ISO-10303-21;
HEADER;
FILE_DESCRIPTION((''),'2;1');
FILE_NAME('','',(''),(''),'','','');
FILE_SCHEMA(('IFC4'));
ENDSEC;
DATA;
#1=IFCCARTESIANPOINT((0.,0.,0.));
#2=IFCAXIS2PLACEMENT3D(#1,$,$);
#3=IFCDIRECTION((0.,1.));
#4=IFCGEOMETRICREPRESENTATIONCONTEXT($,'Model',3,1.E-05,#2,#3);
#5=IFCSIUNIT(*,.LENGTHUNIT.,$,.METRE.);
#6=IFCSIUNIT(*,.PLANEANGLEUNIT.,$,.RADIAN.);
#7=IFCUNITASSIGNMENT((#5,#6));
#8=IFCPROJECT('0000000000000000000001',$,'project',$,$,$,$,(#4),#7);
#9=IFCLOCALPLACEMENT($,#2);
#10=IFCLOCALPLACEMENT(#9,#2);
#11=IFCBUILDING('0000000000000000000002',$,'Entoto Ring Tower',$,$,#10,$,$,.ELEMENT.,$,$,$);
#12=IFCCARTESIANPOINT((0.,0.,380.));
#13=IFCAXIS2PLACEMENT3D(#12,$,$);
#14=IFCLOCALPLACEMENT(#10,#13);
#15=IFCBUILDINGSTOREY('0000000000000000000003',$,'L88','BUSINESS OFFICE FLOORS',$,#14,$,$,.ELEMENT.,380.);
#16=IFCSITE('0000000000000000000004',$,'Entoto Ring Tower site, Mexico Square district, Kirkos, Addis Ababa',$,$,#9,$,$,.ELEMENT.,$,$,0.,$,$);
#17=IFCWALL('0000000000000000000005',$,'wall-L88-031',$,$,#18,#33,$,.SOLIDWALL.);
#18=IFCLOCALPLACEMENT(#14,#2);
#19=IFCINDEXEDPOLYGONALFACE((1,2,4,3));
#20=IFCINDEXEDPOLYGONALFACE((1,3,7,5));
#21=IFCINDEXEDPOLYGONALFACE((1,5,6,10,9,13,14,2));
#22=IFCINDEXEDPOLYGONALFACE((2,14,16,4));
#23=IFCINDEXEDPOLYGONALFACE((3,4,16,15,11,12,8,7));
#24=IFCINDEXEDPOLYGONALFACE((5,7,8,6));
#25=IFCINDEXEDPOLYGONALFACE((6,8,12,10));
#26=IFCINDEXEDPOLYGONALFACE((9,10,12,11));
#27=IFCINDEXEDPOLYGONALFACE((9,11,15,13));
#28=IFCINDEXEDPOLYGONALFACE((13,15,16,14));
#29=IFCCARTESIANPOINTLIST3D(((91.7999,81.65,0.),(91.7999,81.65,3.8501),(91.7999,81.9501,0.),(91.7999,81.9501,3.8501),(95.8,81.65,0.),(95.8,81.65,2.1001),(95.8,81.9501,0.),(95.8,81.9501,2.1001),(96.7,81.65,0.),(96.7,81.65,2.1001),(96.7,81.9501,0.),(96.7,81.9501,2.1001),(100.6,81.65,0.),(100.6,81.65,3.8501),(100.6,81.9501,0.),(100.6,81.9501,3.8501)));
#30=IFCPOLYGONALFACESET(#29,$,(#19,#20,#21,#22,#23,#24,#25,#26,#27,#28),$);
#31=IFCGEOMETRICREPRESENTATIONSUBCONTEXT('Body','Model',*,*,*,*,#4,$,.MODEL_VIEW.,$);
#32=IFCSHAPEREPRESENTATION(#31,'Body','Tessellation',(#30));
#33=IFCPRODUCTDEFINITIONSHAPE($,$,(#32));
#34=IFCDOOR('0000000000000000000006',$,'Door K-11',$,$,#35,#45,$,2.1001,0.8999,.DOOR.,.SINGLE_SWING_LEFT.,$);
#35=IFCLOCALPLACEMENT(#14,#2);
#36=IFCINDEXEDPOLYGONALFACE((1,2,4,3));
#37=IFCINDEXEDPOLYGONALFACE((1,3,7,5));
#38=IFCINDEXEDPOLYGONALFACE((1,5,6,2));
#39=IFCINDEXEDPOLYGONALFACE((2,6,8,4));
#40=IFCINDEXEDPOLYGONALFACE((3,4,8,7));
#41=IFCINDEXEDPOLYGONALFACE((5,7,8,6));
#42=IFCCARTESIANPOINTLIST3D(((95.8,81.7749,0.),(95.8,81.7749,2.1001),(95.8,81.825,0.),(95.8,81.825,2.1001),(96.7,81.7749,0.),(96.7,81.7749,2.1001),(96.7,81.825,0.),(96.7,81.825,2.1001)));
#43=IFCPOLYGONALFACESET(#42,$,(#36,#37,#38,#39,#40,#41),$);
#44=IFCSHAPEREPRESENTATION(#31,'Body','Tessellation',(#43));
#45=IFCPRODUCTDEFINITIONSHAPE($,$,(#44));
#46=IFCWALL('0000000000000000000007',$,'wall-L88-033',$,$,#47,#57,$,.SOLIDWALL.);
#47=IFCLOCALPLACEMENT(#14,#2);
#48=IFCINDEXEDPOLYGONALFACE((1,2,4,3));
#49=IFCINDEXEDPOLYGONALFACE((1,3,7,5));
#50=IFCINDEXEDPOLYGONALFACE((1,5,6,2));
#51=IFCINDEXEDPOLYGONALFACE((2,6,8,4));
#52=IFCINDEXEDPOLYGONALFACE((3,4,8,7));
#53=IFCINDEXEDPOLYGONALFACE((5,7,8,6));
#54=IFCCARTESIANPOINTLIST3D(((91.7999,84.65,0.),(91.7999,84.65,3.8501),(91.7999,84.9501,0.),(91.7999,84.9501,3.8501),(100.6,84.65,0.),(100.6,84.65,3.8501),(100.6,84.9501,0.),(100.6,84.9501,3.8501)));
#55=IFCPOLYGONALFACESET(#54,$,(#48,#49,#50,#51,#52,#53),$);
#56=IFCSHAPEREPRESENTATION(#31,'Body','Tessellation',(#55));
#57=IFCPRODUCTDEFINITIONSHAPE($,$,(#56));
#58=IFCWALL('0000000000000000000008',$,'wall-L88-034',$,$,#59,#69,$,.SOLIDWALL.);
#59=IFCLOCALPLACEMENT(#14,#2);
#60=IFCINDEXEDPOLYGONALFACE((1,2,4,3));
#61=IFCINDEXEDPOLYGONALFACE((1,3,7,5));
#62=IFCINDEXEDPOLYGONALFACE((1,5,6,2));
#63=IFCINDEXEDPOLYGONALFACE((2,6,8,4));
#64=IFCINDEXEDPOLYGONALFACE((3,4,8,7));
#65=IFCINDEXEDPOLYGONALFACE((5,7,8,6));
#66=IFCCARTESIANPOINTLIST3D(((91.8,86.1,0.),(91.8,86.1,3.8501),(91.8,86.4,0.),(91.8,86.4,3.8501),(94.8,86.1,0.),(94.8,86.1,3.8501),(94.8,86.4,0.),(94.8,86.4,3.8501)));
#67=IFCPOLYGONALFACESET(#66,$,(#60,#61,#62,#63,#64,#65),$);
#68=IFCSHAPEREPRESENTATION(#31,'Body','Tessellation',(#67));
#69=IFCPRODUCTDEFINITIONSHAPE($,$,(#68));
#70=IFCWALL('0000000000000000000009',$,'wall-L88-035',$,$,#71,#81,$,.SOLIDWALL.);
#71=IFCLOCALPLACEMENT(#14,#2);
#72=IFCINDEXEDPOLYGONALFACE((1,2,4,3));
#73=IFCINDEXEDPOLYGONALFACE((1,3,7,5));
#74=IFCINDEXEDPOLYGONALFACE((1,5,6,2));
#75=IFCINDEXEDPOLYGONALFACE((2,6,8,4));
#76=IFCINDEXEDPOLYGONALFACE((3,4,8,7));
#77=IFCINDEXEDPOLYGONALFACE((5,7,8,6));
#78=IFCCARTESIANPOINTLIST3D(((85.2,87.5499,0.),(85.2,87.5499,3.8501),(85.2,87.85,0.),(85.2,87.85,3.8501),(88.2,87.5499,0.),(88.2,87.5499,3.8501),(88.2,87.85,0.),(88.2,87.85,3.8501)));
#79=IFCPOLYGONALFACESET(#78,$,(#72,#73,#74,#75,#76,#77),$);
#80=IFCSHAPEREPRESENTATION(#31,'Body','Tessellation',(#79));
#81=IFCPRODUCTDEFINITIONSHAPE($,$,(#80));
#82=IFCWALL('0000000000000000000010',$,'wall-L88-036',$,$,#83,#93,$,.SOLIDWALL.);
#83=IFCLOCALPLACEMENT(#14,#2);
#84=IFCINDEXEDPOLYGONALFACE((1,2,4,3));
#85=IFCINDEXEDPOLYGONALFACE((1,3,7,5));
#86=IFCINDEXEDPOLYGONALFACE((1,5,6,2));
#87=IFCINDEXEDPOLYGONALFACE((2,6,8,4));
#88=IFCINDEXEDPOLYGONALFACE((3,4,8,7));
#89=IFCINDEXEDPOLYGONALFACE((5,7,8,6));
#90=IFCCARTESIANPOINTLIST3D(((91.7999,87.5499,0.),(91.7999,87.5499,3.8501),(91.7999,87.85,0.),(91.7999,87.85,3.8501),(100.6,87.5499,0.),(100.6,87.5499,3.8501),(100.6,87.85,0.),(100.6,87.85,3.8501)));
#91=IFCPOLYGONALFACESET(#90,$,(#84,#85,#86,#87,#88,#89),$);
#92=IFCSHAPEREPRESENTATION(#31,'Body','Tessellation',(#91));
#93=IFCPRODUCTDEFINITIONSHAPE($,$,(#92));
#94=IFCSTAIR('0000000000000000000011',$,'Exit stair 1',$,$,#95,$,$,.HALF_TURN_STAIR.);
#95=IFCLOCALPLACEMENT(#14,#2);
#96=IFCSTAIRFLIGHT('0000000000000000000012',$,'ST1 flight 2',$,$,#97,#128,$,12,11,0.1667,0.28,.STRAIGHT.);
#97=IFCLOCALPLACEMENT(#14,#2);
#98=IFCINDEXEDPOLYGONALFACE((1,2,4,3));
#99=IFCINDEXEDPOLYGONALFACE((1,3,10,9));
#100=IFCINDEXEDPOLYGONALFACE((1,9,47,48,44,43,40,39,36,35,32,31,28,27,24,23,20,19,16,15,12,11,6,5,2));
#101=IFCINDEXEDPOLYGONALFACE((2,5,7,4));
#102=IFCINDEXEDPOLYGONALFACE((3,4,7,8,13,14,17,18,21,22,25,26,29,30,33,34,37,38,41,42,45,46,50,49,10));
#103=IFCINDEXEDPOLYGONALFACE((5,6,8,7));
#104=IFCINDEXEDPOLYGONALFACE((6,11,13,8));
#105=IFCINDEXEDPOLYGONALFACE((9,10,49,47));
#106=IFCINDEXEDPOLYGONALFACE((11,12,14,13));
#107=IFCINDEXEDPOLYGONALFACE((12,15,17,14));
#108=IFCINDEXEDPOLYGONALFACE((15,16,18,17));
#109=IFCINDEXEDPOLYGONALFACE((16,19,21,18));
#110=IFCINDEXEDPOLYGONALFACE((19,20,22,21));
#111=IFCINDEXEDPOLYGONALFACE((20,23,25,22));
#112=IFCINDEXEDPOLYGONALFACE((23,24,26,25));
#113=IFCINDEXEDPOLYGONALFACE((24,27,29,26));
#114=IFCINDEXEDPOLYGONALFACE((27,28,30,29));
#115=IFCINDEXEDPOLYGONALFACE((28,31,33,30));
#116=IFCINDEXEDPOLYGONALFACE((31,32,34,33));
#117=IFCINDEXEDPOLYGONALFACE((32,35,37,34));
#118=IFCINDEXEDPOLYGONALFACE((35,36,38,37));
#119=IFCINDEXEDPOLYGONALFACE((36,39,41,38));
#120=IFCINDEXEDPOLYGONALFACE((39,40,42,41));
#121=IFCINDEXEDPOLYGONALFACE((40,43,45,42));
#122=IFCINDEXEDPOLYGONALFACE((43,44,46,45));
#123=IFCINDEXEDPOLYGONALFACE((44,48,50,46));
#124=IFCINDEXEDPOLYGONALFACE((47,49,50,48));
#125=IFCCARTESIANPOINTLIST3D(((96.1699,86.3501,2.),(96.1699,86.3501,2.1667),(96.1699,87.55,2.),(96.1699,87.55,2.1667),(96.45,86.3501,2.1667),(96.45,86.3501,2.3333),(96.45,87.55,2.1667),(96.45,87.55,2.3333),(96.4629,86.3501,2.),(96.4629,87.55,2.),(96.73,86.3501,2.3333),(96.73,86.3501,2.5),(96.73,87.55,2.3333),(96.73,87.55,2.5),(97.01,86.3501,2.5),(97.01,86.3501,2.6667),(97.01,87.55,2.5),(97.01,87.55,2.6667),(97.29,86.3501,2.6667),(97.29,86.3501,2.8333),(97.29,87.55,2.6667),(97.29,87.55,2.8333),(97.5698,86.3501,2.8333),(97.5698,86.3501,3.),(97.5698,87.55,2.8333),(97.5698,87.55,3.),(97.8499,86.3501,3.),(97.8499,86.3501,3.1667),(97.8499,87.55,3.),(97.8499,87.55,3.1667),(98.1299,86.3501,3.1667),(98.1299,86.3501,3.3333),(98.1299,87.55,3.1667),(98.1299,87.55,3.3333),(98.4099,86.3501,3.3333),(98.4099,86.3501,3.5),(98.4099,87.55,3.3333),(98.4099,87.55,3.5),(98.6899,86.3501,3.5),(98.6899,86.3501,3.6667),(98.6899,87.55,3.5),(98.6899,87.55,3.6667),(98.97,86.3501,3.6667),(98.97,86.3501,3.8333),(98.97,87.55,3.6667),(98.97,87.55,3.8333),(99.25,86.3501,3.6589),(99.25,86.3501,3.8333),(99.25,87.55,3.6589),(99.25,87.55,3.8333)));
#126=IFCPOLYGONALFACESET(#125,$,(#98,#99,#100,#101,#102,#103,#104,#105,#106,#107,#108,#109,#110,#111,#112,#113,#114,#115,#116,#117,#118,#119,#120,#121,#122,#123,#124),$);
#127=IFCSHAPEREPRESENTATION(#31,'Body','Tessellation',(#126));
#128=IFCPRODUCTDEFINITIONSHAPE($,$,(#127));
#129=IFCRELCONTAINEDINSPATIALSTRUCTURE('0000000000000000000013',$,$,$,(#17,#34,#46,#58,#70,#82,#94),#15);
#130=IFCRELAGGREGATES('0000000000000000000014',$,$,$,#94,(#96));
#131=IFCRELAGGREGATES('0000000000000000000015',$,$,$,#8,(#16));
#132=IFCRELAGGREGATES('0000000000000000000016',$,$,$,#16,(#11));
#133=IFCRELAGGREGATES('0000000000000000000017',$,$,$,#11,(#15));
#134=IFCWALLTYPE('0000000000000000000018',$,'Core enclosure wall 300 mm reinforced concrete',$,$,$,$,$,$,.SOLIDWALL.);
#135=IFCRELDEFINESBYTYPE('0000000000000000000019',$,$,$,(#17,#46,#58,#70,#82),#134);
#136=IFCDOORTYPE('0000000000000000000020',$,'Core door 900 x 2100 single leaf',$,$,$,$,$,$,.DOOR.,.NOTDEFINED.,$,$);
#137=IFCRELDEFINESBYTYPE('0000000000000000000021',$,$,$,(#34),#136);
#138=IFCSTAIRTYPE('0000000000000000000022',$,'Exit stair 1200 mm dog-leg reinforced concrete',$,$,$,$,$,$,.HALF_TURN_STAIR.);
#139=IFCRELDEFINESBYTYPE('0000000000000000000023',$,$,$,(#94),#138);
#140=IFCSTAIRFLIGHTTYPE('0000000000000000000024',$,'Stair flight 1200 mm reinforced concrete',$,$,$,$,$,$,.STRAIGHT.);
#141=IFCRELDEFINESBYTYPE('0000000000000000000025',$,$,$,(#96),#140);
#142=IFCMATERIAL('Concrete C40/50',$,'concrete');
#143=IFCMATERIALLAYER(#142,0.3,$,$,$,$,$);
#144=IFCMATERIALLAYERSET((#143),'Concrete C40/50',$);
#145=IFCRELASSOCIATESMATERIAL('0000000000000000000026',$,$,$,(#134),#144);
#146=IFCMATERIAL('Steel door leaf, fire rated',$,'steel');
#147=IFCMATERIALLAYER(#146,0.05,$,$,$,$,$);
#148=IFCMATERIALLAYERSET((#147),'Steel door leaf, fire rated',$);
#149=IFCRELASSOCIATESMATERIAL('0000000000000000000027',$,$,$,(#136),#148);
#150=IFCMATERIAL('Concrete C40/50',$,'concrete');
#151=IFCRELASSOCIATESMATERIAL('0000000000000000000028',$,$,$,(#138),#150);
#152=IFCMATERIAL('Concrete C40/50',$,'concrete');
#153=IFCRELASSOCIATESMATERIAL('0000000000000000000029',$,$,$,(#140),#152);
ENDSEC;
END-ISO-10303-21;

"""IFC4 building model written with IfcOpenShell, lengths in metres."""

from ifc_helpers import new_model, si_unit, direction, frame, frame_2d, origin, place, context, subcontext, project, spatial, polyline, rectangle, outline, extrude, material, layer, layer_set, type_object, element, fill, aggregate, save


model = new_model("IFC4")

# Units and contexts
model_context = context("Model", 3, precision=1e-05, world=origin(), true_north=direction((0.0, 1.0)))
body_context = subcontext(model_context, "Body", "Model", "MODEL_VIEW")
ifc_project = project(units=[si_unit("LENGTHUNIT", "METRE"), si_unit("PLANEANGLEUNIT", "RADIAN")], contexts=[model_context])

# Site, building, storey
site_placement = place(None, origin())
site = spatial("IfcSite", under=ifc_project, at=site_placement, Name="Entoto Ring Tower site, Mexico Square district, Kirkos, Addis Ababa", CompositionType="ELEMENT", RefElevation=0.0)
building_placement = place(site_placement, origin())
building = spatial("IfcBuilding", under=site, at=building_placement, Name="Entoto Ring Tower", CompositionType="ELEMENT")
storey_placement = place(building_placement, frame((0.0, 0.0, 380.0)))
storey = spatial("IfcBuildingStorey", under=building, at=storey_placement, Name="L88", Description="BUSINESS OFFICE FLOORS", CompositionType="ELEMENT", Elevation=380.0)

# Shared definitions
ifc_material_1 = material(Name="Concrete C40/50", Category="concrete")
ifc_layer_1 = layer(ifc_material_1, 0.3)
ifc_layer_set_1 = layer_set([ifc_layer_1], Name="Concrete C40/50")
wall_type = type_object("IfcWallType", Name="Core enclosure wall 300 mm reinforced concrete", PredefinedType="SOLIDWALL", material=ifc_layer_set_1)

# Shared definitions
ifc_material_2 = material(Name="Steel door leaf, fire rated", Category="steel")
ifc_layer_2 = layer(ifc_material_2, 0.05)
ifc_layer_set_2 = layer_set([ifc_layer_2], Name="Steel door leaf, fire rated")
door_type_1 = type_object("IfcDoorType", Name="Core door 900 x 2100 single leaf", OperationType="NOTDEFINED", PredefinedType="DOOR", material=ifc_layer_set_2)

# Wall, opening, door
wall_1_placement = place(storey_placement, frame((91.8, 81.8, 0.0), z_axis=(0.0, 0.0, 1.0), x_axis=(1.0, 0.0, 0.0)))
wall_1 = element("IfcWall", 1, at=wall_1_placement, inside=storey, type_object=wall_type, Name="wall-L88-031", PredefinedType="SOLIDWALL", context=body_context, shape_type="SweptSolid", body=[
    extrude(rectangle(XDim=8.8, YDim=0.3, at=frame_2d((4.3999, 0.0))), origin(), (0.0, 0.0, 1.0), 3.8501),
])
opening_1_placement = place(wall_1_placement, frame((4.0, 0.0, 0.0)))
opening_1 = element("IfcOpeningElement", 2, at=opening_1_placement, cuts=wall_1, PredefinedType="OPENING", context=body_context, shape_type="SweptSolid", body=[
    extrude(rectangle(XDim=0.8999, YDim=2.1001, at=frame_2d((0.45, 1.05))), frame((0.0, 0.1602, 0.0), z_axis=(0.0, -1.0, 0.0), x_axis=(1.0, 0.0, 0.0)), (0.0, 0.0, 1.0), 0.3201),
])
door_1_placement = place(opening_1_placement, origin())
door_1 = element("IfcDoor", 3, at=door_1_placement, inside=storey, type_object=door_type_1, Name="Door K-11", OperationType="SINGLE_SWING_LEFT", OverallHeight=2.1001, OverallWidth=0.8999, PredefinedType="DOOR", context=body_context, shape_type="SweptSolid", body=[
    extrude(rectangle(XDim=0.8999, YDim=2.1001, at=frame_2d((0.45, 1.05))), frame((0.0, 0.0249, 0.0), z_axis=(0.0, -1.0, 0.0), x_axis=(1.0, 0.0, 0.0)), (0.0, 0.0, 1.0), 0.05),
])
fill(opening_1, door_1)

# Walls
wall_2_placement = place(storey_placement, frame((91.8, 84.8, 0.0), z_axis=(0.0, 0.0, 1.0), x_axis=(1.0, 0.0, 0.0)))
element("IfcWall", 4, at=wall_2_placement, inside=storey, type_object=wall_type, Name="wall-L88-033", PredefinedType="SOLIDWALL", context=body_context, shape_type="SweptSolid", body=[
    extrude(rectangle(XDim=8.8, YDim=0.3, at=frame_2d((4.3999, 0.0))), origin(), (0.0, 0.0, 1.0), 3.8501),
])
for number, where, z_axis, x_axis, name in (
    (5, (91.8, 86.25, 0.0), (0.0, 0.0, 1.0), (1.0, 0.0, 0.0), "wall-L88-034"),
    (6, (85.2, 87.7, 0.0), (0.0, 0.0, 1.0), (1.0, 0.0, 0.0), "wall-L88-035"),
):
    element("IfcWall", number, at=place(storey_placement, frame(where, z_axis=z_axis, x_axis=x_axis)), inside=storey, type_object=wall_type, Name=name, PredefinedType="SOLIDWALL", context=body_context, shape_type="SweptSolid", body=[
        extrude(rectangle(XDim=3.0, YDim=0.3, at=frame_2d((1.5, 0.0))), origin(), (0.0, 0.0, 1.0), 3.8501),
    ])
wall_3_placement = place(storey_placement, frame((91.8, 87.7, 0.0), z_axis=(0.0, 0.0, 1.0), x_axis=(1.0, 0.0, 0.0)))
element("IfcWall", 7, at=wall_3_placement, inside=storey, type_object=wall_type, Name="wall-L88-036", PredefinedType="SOLIDWALL", context=body_context, shape_type="SweptSolid", body=[
    extrude(rectangle(XDim=8.8, YDim=0.3, at=frame_2d((4.3999, 0.0))), origin(), (0.0, 0.0, 1.0), 3.8501),
])

# Stair, stair flight
ifc_material_3 = material(Name="Concrete C40/50", Category="concrete")
stair_type = type_object("IfcStairType", Name="Exit stair 1200 mm dog-leg reinforced concrete", PredefinedType="HALF_TURN_STAIR", material=ifc_material_3)
stair_placement = place(storey_placement, origin())
stair = element("IfcStair", 8, at=stair_placement, inside=storey, type_object=stair_type, Name="Exit stair 1", PredefinedType="HALF_TURN_STAIR")
ifc_material_4 = material(Name="Concrete C40/50", Category="concrete")
stair_flight_type = type_object("IfcStairFlightType", Name="Stair flight 1200 mm reinforced concrete", PredefinedType="STRAIGHT", material=ifc_material_4)
stair_flight_placement = place(storey_placement, frame((96.1699, 86.95, 2.0), z_axis=(0.0, 0.0, 1.0), x_axis=(1.0, 0.0, 0.0)))
stair_flight = element("IfcStairFlight", 9, at=stair_flight_placement, type_object=stair_flight_type, Name="ST1 flight 2", NumberOfRisers=12, NumberOfTreads=11, PredefinedType="STRAIGHT", RiserHeight=0.1667, TreadLength=0.28, context=body_context, shape_type="SweptSolid", body=[
    extrude(outline(polyline([(0.0, 0.0), (0.0, 0.1667), (0.28, 0.1667), (0.28, 0.3333), (0.5601, 0.3333), (0.5601, 0.5), (0.8401, 0.5), (0.8401, 0.6667), (1.1201, 0.6667), (1.1201, 0.8333), (1.3999, 0.8333), (1.3999, 1.0), (1.6799, 1.0), (1.6799, 1.1667), (1.96, 1.1667), (1.96, 1.3333), (2.24, 1.3333), (2.24, 1.5), (2.52, 1.5), (2.52, 1.6667), (2.8, 1.6667), (2.8, 1.8333), (3.0801, 1.8333), (3.0801, 2.0), (3.0801, 1.6589), (0.293, 0.0), (0.0, 0.0)])), frame((0.0, 0.6001, 0.0), z_axis=(0.0, -1.0, 0.0), x_axis=(1.0, 0.0, 0.0)), (0.0, 0.0, 1.0), 1.2),
])
aggregate(stair, [stair_flight])

save(model, "model.ifc")
